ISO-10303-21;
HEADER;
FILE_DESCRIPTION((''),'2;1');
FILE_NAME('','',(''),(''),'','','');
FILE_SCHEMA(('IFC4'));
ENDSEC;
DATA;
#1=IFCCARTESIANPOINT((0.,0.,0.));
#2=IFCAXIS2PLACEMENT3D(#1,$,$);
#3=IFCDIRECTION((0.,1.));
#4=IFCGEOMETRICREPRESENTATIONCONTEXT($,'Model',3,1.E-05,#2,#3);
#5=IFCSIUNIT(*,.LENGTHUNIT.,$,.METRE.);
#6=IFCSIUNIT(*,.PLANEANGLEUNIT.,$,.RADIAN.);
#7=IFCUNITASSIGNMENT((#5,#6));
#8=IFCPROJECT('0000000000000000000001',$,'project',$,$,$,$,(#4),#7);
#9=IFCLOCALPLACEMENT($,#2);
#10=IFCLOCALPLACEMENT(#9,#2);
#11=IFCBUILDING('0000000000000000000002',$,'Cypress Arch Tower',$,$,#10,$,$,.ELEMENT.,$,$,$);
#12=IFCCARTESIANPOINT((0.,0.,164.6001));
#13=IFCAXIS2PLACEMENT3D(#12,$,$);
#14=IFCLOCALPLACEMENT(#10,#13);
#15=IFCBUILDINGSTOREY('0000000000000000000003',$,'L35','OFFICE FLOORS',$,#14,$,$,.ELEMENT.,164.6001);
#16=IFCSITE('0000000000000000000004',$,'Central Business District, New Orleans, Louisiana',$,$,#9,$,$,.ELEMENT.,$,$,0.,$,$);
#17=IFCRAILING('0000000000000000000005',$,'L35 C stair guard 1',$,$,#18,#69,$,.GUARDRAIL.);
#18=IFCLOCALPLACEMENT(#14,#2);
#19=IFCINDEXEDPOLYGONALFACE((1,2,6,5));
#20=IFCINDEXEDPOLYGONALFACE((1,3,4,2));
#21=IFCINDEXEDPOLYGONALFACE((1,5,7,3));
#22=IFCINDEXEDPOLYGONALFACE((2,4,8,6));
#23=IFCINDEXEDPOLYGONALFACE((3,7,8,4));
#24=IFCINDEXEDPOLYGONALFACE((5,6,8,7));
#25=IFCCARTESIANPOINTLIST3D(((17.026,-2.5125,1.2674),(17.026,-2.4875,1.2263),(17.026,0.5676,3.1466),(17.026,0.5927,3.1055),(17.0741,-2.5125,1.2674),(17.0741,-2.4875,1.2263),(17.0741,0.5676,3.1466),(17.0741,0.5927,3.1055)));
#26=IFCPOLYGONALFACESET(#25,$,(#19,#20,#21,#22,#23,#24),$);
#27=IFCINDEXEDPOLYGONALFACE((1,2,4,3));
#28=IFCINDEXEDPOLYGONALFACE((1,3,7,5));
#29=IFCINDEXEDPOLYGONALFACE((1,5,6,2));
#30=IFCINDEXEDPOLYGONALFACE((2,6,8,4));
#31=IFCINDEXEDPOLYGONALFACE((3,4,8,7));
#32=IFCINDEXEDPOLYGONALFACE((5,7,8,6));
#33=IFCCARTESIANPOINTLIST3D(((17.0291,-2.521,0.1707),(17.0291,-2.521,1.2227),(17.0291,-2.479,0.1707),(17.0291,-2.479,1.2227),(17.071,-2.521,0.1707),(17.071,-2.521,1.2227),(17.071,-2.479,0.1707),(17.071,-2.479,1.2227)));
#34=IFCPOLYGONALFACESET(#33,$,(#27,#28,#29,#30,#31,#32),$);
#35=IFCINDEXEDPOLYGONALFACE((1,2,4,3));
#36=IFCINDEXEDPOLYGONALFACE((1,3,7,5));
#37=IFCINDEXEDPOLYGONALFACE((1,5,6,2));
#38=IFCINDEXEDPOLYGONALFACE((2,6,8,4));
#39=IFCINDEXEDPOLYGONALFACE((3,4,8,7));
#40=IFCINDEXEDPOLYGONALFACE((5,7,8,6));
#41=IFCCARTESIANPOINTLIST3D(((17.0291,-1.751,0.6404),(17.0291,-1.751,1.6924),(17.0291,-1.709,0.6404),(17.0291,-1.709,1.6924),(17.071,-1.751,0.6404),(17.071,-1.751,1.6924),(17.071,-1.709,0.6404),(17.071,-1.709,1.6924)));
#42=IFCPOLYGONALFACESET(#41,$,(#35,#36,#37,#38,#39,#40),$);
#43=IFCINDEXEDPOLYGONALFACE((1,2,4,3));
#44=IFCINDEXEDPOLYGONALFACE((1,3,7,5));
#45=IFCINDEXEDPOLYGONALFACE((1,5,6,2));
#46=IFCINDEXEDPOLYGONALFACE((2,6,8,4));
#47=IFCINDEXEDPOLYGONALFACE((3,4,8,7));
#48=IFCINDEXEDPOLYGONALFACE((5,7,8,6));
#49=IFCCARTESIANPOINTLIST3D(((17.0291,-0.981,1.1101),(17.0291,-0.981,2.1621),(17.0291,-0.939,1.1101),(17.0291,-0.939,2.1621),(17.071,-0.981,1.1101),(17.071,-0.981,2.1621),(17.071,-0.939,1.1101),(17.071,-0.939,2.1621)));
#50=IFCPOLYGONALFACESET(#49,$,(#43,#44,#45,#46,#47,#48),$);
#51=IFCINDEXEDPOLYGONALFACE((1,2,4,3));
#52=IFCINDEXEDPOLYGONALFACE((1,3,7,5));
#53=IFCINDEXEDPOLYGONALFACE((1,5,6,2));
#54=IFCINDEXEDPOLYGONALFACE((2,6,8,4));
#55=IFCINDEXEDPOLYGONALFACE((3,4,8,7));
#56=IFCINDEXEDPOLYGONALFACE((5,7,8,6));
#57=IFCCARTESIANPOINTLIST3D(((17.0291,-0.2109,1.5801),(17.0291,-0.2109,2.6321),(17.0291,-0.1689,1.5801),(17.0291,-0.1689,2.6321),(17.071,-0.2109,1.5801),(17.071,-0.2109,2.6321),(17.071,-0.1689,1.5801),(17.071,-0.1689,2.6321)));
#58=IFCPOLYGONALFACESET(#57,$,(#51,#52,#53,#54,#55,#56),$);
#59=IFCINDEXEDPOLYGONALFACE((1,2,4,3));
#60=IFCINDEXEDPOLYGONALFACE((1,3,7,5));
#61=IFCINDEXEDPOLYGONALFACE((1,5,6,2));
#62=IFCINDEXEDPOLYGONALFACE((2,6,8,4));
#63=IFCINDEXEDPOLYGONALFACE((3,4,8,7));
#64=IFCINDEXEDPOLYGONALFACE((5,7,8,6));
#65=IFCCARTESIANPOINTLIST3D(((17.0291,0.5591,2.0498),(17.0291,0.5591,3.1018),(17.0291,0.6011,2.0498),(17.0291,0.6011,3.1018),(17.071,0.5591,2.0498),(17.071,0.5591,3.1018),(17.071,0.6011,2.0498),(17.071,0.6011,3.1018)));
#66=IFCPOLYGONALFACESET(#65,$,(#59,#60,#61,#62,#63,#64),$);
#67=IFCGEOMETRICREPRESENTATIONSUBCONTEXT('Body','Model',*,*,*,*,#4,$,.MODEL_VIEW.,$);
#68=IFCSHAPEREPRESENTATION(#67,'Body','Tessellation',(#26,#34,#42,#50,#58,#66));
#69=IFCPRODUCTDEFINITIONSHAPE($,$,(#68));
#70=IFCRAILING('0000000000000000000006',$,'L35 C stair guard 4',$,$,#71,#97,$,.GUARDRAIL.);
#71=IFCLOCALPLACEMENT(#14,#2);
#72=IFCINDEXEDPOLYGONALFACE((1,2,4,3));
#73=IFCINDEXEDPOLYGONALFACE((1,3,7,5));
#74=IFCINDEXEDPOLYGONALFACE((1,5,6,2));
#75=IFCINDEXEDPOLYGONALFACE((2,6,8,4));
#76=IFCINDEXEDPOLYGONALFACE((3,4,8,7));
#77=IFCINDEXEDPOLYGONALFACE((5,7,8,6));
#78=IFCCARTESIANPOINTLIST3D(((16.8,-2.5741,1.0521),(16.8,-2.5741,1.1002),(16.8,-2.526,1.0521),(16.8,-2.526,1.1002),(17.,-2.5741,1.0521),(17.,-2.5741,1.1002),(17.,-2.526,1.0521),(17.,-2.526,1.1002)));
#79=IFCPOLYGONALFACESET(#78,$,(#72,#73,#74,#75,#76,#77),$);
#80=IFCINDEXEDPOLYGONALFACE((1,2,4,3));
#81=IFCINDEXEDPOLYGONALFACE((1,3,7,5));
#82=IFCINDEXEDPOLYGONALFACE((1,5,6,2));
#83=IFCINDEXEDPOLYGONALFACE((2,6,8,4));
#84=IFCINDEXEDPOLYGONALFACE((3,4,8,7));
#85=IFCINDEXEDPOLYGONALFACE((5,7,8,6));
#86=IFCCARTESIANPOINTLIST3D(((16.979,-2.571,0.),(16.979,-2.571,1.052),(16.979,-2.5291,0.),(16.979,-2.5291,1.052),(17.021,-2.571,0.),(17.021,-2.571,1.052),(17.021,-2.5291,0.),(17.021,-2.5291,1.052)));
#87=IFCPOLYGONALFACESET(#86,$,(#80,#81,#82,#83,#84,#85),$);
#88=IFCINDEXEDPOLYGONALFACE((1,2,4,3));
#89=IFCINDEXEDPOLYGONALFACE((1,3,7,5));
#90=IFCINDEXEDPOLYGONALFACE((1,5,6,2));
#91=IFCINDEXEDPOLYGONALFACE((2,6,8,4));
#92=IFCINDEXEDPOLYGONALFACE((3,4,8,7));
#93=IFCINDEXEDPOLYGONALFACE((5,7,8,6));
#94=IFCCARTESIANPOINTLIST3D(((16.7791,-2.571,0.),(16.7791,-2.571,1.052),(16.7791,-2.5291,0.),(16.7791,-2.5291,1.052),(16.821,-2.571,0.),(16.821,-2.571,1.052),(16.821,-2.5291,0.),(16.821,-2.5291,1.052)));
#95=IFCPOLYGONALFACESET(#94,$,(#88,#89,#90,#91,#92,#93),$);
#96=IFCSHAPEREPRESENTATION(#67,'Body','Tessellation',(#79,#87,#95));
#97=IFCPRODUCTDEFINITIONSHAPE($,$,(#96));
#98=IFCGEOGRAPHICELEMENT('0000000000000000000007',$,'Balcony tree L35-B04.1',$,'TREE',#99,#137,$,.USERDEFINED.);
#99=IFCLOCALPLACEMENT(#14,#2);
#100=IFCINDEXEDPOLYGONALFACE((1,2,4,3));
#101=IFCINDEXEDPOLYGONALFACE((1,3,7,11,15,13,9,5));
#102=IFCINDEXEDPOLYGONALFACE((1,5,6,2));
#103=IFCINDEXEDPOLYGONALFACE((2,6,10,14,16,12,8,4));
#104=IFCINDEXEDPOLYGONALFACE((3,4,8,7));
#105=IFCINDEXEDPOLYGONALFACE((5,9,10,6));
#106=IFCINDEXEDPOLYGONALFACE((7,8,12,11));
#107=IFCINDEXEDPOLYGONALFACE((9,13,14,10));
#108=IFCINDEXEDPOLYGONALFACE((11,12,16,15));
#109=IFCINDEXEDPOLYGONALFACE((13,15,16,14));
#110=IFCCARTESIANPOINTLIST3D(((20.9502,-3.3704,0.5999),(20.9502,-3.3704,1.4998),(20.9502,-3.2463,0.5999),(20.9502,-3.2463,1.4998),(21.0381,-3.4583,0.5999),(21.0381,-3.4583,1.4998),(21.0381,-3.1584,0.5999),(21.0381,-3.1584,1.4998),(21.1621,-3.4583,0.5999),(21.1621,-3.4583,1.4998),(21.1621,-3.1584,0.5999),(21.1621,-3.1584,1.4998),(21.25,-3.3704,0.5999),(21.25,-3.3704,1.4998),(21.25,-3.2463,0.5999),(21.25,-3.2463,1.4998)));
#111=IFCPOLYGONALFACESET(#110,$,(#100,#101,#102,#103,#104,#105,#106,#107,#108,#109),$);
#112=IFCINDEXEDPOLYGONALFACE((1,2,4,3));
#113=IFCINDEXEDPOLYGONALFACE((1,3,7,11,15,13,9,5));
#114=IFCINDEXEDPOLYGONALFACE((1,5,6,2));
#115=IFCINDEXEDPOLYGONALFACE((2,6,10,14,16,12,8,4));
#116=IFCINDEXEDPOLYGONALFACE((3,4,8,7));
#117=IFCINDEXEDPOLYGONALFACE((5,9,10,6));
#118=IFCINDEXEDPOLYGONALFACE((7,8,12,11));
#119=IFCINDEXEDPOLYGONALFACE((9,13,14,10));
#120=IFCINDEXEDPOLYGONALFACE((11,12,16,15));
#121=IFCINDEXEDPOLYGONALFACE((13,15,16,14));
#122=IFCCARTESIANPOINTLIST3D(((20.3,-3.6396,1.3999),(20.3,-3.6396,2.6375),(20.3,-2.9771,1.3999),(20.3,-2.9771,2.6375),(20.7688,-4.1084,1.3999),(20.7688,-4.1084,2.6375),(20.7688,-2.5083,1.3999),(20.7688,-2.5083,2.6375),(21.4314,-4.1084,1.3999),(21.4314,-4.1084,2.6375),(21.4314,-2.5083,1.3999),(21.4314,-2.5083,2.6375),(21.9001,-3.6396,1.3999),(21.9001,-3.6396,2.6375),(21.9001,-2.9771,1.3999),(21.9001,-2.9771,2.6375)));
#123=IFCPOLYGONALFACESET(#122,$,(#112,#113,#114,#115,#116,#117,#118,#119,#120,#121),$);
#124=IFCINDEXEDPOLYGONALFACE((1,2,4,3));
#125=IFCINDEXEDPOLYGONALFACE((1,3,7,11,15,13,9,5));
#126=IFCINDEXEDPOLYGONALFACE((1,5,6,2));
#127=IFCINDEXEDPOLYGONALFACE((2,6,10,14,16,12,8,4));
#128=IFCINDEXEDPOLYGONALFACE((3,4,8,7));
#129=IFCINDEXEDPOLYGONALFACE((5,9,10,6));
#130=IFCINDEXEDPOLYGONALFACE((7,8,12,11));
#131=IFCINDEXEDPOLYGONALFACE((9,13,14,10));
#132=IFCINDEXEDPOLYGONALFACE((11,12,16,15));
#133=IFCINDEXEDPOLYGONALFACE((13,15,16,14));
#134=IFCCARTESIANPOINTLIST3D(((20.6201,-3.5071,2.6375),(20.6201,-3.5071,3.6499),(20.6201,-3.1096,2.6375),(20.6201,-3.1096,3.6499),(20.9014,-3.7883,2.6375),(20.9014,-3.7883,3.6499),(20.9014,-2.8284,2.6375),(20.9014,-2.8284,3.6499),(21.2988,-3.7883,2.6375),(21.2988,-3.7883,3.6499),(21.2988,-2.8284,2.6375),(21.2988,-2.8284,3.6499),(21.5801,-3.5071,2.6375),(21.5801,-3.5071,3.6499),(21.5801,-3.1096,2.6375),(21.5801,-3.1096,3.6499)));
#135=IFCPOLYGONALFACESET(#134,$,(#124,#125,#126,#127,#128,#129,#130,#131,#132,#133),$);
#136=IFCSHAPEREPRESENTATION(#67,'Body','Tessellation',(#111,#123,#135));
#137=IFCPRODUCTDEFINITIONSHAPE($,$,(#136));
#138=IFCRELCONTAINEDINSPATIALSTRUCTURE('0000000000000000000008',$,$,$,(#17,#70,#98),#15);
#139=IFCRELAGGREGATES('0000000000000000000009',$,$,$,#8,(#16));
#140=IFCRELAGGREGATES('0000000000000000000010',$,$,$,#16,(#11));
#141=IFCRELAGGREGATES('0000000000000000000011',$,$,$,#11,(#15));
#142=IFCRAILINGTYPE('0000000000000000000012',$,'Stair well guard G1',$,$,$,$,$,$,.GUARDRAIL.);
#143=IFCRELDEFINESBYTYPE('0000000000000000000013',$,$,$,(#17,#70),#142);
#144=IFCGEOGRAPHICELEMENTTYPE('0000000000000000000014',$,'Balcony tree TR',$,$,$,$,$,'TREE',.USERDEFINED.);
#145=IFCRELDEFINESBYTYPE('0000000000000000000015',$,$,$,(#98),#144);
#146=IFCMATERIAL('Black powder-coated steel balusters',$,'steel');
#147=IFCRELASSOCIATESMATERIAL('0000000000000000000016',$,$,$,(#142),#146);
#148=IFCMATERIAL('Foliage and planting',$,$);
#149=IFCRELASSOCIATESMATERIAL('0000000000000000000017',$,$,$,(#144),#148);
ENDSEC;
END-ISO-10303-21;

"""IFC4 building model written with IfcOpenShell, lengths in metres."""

from ifc_helpers import new_model, si_unit, direction, frame, origin, origin_2d, place, context, subcontext, project, spatial, polyline, rectangle, outline, extrude, material, type_object, element, save


model = new_model("IFC4")

# Units and contexts
model_context = context("Model", 3, precision=1e-05, world=origin(), true_north=direction((0.0, 1.0)))
body_context = subcontext(model_context, "Body", "Model", "MODEL_VIEW")
ifc_project = project(units=[si_unit("LENGTHUNIT", "METRE"), si_unit("PLANEANGLEUNIT", "RADIAN")], contexts=[model_context])

# Site, building, storey
site_placement = place(None, origin())
site = spatial("IfcSite", under=ifc_project, at=site_placement, Name="Central Business District, New Orleans, Louisiana", CompositionType="ELEMENT", RefElevation=0.0)
building_placement = place(site_placement, origin())
building = spatial("IfcBuilding", under=site, at=building_placement, Name="Cypress Arch Tower", CompositionType="ELEMENT")
storey_placement = place(building_placement, frame((0.0, 0.0, 164.6001)))
storey = spatial("IfcBuildingStorey", under=building, at=storey_placement, Name="L35", Description="OFFICE FLOORS", CompositionType="ELEMENT", Elevation=164.6001)

# Railings
ifc_material_1 = material(Name="Black powder-coated steel balusters", Category="steel")
railing_type_1 = type_object("IfcRailingType", Name="Stair well guard G1", PredefinedType="GUARDRAIL", material=ifc_material_1)
railing_1_placement = place(storey_placement, frame((17.05, -2.5, 0.1707)))
element("IfcRailing", 1, at=railing_1_placement, inside=storey, type_object=railing_type_1, Name="L35 C stair guard 1", PredefinedType="GUARDRAIL", context=body_context, shape_type="SweptSolid", body=[
    extrude(rectangle(XDim=0.0481, YDim=0.0481, at=origin_2d()), frame((0.0, 0.0, 1.0762), z_axis=(0.0, 0.853666, 0.52082), x_axis=(-1.0, 0.0, 0.0)), (0.0, 0.0, 1.0), 3.6082),
    extrude(rectangle(XDim=0.042, YDim=0.042, at=origin_2d()), origin(), (0.0, 0.0, 1.0), 1.052),
    extrude(rectangle(XDim=0.042, YDim=0.042, at=origin_2d()), frame((0.0, 0.77, 0.4697)), (0.0, 0.0, 1.0), 1.052),
    extrude(rectangle(XDim=0.042, YDim=0.042, at=origin_2d()), frame((0.0, 1.54, 0.9395)), (0.0, 0.0, 1.0), 1.052),
    extrude(rectangle(XDim=0.042, YDim=0.042, at=origin_2d()), frame((0.0, 2.3101, 1.4094)), (0.0, 0.0, 1.0), 1.052),
    extrude(rectangle(XDim=0.042, YDim=0.042, at=origin_2d()), frame((0.0, 3.0801, 1.8792)), (0.0, 0.0, 1.0), 1.052),
])
railing_2_placement = place(storey_placement, frame((17.0, -2.55, 0.0)))
element("IfcRailing", 2, at=railing_2_placement, inside=storey, type_object=railing_type_1, Name="L35 C stair guard 4", PredefinedType="GUARDRAIL", context=body_context, shape_type="SweptSolid", body=[
    extrude(rectangle(XDim=0.0481, YDim=0.0481, at=origin_2d()), frame((0.0, 0.0, 1.0762), z_axis=(-1.0, 0.0, 0.0), x_axis=(0.0, -1.0, 0.0)), (0.0, 0.0, 1.0), 0.2),
    extrude(rectangle(XDim=0.042, YDim=0.042, at=origin_2d()), origin(), (0.0, 0.0, 1.0), 1.052),
    extrude(rectangle(XDim=0.042, YDim=0.042, at=origin_2d()), frame((-0.2, 0.0, 0.0)), (0.0, 0.0, 1.0), 1.052),
])

# Geographic element
ifc_material_2 = material(Name="Foliage and planting")
geographic_element_type = type_object("IfcGeographicElementType", Name="Balcony tree TR", ElementType="TREE", PredefinedType="USERDEFINED", material=ifc_material_2)
geographic_element_placement = place(storey_placement, frame((21.1001, -3.3083, 0.5999), z_axis=(0.0, 0.0, 1.0), x_axis=(1.0, 0.0, 0.0)))
element("IfcGeographicElement", 3, at=geographic_element_placement, inside=storey, type_object=geographic_element_type, Name="Balcony tree L35-B04.1", ObjectType="TREE", PredefinedType="USERDEFINED", context=body_context, shape_type="SweptSolid", body=[
    extrude(outline(polyline([(0.1499, 0.062), (0.062, 0.1499), (-0.062, 0.1499), (-0.1499, 0.062), (-0.1499, -0.062), (-0.062, -0.1499), (0.062, -0.1499), (0.1499, -0.062), (0.1499, 0.062)])), origin(), (0.0, 0.0, 1.0), 0.8999),
    extrude(outline(polyline([(0.8, 0.3313), (0.3313, 0.8), (-0.3313, 0.8), (-0.8, 0.3313), (-0.8, -0.3313), (-0.3313, -0.8), (0.3313, -0.8), (0.8, -0.3313), (0.8, 0.3313)])), frame((0.0, 0.0, 0.8)), (0.0, 0.0, 1.0), 1.2375),
    extrude(outline(polyline([(0.48, 0.1987), (0.1987, 0.48), (-0.1987, 0.48), (-0.48, 0.1987), (-0.48, -0.1987), (-0.1987, -0.48), (0.1987, -0.48), (0.48, -0.1987), (0.48, 0.1987)])), frame((0.0, 0.0, 2.0376)), (0.0, 0.0, 1.0), 1.0125),
])

save(model, "model.ifc")
